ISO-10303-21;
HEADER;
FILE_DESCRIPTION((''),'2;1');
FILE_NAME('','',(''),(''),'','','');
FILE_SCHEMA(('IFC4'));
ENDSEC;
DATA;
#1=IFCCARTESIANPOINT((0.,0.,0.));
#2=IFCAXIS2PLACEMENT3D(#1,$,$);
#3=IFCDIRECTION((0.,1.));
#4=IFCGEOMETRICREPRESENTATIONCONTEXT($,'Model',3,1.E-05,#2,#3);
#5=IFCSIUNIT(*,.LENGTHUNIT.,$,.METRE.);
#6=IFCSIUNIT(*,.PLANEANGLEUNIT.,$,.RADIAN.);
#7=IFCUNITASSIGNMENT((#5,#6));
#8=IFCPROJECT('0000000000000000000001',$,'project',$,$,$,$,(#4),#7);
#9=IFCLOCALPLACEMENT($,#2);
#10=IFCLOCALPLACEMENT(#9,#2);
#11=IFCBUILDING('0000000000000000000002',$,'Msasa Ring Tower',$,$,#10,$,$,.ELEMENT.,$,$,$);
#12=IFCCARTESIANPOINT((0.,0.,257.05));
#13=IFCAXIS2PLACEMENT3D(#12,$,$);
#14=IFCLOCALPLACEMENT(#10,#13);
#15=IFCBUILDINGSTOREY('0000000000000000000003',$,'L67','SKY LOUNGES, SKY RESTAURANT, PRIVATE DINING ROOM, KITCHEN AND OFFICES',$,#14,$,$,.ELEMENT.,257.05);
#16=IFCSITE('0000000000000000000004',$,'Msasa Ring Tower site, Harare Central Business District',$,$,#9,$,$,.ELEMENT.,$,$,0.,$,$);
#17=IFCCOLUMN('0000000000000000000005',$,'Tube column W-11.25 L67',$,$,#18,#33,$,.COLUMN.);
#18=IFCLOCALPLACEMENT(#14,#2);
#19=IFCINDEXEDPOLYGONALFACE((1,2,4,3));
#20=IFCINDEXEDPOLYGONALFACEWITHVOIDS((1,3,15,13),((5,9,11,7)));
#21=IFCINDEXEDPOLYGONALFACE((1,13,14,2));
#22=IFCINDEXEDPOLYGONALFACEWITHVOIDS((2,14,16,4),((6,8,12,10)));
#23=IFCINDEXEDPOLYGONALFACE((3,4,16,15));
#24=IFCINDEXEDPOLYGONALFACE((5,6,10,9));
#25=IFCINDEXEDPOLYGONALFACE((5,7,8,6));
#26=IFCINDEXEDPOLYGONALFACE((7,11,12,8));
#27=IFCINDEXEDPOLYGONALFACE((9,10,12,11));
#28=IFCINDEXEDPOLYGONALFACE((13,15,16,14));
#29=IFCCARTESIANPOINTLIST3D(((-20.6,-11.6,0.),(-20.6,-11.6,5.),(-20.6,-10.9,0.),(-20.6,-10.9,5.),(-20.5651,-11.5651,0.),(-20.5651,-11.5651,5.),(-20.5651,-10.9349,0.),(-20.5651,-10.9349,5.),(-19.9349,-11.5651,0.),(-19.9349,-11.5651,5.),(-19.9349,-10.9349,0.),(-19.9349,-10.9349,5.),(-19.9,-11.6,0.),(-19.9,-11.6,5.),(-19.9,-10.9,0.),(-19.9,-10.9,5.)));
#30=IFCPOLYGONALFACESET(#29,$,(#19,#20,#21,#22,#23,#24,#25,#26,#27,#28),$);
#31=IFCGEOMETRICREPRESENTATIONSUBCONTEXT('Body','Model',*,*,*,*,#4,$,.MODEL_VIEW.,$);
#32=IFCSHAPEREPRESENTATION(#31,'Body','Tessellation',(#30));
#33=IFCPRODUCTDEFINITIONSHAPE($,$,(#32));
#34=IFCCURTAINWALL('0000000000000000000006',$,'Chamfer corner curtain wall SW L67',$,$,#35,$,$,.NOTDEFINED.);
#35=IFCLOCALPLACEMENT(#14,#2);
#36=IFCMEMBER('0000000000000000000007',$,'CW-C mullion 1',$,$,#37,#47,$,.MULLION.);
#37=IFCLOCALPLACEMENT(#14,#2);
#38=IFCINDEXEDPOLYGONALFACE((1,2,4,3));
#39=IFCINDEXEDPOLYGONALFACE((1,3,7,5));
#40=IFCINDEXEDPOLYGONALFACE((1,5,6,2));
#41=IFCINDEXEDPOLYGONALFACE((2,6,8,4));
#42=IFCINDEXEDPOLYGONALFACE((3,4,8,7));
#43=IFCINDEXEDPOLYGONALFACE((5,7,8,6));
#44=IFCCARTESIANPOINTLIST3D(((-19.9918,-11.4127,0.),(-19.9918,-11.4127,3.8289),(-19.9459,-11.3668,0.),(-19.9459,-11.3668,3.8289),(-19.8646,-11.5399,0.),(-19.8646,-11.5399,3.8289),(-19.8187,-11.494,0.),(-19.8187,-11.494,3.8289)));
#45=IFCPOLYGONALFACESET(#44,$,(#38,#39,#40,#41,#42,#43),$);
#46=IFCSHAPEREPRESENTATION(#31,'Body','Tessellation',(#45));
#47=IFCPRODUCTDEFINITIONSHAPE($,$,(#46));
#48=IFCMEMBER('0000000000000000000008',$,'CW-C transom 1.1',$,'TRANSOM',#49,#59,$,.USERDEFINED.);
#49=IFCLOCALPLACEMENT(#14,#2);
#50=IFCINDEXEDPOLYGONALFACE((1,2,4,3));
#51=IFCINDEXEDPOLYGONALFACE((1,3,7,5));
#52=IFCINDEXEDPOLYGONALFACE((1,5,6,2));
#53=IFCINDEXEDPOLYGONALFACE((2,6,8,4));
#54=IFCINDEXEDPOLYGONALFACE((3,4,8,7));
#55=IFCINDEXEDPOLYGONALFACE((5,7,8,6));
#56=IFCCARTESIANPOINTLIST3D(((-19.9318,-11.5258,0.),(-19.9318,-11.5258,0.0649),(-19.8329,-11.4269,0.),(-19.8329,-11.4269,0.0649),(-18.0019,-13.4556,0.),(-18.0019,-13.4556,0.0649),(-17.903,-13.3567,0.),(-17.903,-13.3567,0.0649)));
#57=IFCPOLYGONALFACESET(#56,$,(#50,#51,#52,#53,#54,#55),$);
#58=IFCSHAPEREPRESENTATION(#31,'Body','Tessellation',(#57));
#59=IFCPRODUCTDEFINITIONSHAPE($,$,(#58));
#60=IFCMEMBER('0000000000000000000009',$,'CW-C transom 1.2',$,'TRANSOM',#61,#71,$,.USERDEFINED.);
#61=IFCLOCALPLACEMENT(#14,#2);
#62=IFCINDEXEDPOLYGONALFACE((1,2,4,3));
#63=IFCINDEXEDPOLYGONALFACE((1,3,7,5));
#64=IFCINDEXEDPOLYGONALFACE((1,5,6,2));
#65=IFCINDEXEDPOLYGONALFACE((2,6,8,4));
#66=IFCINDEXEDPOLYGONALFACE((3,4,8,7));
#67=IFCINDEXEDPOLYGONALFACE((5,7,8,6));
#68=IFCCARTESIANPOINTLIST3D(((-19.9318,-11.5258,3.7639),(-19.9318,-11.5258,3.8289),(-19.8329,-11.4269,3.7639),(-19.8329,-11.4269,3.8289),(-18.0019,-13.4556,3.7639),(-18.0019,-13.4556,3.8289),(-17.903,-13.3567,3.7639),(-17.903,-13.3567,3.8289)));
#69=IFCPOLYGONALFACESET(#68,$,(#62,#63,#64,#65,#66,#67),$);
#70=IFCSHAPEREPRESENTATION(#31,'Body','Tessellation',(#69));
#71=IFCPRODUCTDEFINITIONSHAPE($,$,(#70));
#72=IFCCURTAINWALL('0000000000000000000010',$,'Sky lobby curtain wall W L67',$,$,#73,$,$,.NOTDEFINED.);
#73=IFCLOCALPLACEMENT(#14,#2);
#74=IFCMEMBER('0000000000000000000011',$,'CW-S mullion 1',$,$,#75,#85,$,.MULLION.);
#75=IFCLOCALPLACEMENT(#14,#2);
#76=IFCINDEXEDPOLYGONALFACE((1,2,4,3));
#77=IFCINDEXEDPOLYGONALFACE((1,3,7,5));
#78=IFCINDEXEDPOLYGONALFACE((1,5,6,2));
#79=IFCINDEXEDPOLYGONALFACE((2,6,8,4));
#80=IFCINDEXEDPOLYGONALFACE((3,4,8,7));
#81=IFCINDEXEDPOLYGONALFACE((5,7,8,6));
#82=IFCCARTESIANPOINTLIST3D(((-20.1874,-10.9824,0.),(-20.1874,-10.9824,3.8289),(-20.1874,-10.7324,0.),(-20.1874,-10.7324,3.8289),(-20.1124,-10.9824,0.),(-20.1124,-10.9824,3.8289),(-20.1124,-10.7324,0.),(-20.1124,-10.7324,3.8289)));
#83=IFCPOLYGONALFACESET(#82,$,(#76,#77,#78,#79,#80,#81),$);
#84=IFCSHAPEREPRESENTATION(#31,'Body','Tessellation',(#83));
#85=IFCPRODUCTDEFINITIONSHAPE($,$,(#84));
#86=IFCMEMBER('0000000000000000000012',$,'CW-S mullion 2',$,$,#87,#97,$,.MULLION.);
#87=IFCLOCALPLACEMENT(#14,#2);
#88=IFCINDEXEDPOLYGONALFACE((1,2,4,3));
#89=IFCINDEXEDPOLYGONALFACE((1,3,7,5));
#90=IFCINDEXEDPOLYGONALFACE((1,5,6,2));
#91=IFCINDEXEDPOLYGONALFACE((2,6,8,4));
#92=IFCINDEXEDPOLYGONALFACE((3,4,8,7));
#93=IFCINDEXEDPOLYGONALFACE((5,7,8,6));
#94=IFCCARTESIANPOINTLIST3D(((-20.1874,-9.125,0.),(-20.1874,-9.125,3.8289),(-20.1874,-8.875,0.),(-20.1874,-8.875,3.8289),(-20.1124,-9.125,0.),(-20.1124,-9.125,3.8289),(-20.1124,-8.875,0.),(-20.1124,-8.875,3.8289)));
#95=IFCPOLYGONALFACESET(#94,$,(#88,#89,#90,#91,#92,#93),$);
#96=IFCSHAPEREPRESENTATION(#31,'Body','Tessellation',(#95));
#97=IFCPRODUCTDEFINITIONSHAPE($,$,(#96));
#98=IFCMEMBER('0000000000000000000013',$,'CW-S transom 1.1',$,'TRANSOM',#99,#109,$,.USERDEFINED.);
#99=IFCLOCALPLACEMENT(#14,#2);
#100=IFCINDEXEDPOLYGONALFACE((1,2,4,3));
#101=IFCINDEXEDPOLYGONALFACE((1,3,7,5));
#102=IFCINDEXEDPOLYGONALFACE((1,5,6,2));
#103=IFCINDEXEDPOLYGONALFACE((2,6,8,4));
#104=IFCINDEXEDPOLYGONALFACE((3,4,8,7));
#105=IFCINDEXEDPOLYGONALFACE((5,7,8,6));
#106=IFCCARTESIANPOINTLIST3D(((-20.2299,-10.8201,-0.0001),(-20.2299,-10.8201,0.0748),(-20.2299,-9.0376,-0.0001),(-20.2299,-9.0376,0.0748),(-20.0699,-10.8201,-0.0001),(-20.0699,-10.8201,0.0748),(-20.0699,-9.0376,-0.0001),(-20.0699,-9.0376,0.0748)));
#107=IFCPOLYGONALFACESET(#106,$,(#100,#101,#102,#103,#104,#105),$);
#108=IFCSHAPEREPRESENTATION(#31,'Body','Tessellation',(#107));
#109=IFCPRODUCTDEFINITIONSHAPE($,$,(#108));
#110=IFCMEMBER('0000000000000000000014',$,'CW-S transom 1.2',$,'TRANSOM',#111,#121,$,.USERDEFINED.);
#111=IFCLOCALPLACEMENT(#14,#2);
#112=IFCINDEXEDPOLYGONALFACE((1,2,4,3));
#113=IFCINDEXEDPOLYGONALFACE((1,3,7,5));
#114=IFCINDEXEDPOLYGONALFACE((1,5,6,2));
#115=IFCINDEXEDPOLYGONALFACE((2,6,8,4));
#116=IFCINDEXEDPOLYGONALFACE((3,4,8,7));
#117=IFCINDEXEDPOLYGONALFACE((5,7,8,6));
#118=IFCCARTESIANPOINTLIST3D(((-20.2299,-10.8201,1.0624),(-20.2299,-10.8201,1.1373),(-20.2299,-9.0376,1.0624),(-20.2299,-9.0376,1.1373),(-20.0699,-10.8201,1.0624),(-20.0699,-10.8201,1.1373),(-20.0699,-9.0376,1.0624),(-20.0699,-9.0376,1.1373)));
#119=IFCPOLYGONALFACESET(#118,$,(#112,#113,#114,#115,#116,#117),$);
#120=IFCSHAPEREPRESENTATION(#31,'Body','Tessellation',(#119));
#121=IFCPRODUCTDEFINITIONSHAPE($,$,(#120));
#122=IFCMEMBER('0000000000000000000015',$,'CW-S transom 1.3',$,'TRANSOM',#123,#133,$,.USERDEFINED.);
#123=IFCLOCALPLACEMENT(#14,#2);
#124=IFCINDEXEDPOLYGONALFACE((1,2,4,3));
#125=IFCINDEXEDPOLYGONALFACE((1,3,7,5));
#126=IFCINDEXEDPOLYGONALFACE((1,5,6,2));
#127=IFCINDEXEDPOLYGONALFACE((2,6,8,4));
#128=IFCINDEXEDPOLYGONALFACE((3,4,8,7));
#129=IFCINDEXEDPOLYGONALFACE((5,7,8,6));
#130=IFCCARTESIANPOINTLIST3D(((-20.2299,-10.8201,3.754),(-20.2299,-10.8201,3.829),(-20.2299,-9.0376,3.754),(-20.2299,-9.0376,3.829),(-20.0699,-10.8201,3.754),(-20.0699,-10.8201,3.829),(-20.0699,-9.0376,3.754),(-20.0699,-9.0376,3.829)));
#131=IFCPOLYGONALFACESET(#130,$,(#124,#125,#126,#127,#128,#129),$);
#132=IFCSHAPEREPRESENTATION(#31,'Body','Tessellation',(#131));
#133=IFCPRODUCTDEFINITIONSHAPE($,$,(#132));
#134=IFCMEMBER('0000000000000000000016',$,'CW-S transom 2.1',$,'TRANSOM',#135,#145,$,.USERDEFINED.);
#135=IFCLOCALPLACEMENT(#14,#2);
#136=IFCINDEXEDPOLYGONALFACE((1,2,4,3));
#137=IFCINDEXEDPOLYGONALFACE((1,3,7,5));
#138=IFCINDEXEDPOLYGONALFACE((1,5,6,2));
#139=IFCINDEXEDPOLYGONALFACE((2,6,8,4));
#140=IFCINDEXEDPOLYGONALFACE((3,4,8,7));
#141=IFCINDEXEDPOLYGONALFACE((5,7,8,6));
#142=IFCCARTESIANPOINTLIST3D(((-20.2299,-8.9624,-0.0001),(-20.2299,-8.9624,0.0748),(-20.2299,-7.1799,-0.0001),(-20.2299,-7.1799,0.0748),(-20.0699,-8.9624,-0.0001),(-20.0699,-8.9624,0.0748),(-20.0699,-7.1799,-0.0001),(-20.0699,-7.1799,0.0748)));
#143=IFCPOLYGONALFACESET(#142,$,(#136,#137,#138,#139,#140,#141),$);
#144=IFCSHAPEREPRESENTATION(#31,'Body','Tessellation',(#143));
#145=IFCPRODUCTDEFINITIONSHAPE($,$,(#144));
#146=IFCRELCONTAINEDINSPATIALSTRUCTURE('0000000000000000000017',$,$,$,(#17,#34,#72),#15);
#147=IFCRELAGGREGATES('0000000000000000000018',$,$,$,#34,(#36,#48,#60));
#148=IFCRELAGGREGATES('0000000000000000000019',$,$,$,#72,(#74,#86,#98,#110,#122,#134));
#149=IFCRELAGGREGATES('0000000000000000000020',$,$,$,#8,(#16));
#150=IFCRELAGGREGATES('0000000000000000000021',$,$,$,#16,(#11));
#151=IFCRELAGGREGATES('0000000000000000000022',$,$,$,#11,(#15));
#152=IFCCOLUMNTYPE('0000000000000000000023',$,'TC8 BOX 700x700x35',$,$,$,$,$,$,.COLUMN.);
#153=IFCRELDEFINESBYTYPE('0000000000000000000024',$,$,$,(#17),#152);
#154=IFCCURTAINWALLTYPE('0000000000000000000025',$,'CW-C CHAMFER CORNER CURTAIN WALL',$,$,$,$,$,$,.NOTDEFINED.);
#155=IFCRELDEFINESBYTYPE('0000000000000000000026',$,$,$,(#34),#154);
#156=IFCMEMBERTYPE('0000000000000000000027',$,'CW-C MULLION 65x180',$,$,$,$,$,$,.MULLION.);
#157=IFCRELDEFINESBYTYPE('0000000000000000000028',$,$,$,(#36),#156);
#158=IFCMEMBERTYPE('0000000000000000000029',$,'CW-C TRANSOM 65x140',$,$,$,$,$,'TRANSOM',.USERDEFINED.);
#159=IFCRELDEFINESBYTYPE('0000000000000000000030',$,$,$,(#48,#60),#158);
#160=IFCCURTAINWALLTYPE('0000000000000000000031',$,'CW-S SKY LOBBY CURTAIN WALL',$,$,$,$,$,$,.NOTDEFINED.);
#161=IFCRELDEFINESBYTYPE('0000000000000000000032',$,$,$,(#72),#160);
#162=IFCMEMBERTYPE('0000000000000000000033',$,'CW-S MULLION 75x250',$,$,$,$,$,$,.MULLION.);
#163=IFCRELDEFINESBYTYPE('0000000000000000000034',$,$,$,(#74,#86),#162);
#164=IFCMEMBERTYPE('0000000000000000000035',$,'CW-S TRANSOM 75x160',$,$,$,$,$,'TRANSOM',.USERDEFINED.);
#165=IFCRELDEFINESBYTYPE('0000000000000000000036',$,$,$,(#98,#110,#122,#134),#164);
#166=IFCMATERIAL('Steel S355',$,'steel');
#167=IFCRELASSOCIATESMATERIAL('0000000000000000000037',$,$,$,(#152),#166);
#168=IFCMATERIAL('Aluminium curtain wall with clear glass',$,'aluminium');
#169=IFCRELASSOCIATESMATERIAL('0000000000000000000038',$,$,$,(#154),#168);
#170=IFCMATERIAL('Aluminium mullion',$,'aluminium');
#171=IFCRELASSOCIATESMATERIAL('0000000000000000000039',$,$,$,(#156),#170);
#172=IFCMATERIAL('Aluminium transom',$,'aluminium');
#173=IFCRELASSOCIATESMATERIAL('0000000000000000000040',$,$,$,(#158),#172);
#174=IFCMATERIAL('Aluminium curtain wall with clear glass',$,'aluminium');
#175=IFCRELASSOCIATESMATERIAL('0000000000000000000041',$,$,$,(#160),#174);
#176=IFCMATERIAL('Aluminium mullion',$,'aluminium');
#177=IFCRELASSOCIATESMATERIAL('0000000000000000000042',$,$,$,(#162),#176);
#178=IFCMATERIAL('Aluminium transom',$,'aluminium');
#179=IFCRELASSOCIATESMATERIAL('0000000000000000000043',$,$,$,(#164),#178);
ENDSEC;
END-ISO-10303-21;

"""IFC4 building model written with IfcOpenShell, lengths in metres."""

from ifc_helpers import new_model, si_unit, direction, frame, origin, origin_2d, place, context, subcontext, project, spatial, rectangle, hollow_rectangle, extrude, material, material_profile, profile_set, type_object, element, aggregate, save


model = new_model("IFC4")

# Units and contexts
model_context = context("Model", 3, precision=1e-05, world=origin(), true_north=direction((0.0, 1.0)))
body_context = subcontext(model_context, "Body", "Model", "MODEL_VIEW")
ifc_project = project(units=[si_unit("LENGTHUNIT", "METRE"), si_unit("PLANEANGLEUNIT", "RADIAN")], contexts=[model_context])

# Site, building, storey
site_placement = place(None, origin())
site = spatial("IfcSite", under=ifc_project, at=site_placement, Name="Msasa Ring Tower site, Harare Central Business District", CompositionType="ELEMENT", RefElevation=0.0)
building_placement = place(site_placement, origin())
building = spatial("IfcBuilding", under=site, at=building_placement, Name="Msasa Ring Tower", CompositionType="ELEMENT")
storey_placement = place(building_placement, frame((0.0, 0.0, 257.05)))
storey = spatial("IfcBuildingStorey", under=building, at=storey_placement, Name="L67", Description="SKY LOUNGES, SKY RESTAURANT, PRIVATE DINING ROOM, KITCHEN AND OFFICES", CompositionType="ELEMENT", Elevation=257.05)

# Column
ifc_material_1 = material(Name="Steel S355", Category="steel")
ifc_material_profile_1 = material_profile(ifc_material_1, hollow_rectangle(XDim=0.7, YDim=0.7, WallThickness=0.0349, at=origin_2d()), Name="BOX 700x700x35")
ifc_profile_set_1 = profile_set([ifc_material_profile_1], Name="Steel S355")
column_type = type_object("IfcColumnType", Name="TC8 BOX 700x700x35", PredefinedType="COLUMN", material=ifc_profile_set_1)
column_placement = place(storey_placement, frame((-20.25, -11.25, 0.0), z_axis=(0.0, 0.0, 1.0), x_axis=(1.0, 0.0, 0.0)))
element("IfcColumn", 1, at=column_placement, inside=storey, type_object=column_type, Name="Tube column W-11.25 L67", PredefinedType="COLUMN", context=body_context, shape_type="SweptSolid", body=[
    extrude(hollow_rectangle(XDim=0.7, YDim=0.7, WallThickness=0.0349, at=origin_2d()), origin(), (0.0, 0.0, 1.0), 5.0),
])

# Curtain walls, members
ifc_material_2 = material(Name="Aluminium curtain wall with clear glass", Category="aluminium")
curtain_wall_type_1 = type_object("IfcCurtainWallType", Name="CW-C CHAMFER CORNER CURTAIN WALL", PredefinedType="NOTDEFINED", material=ifc_material_2)
curtain_wall_1_placement = place(storey_placement, origin())
curtain_wall_1 = element("IfcCurtainWall", 2, at=curtain_wall_1_placement, inside=storey, type_object=curtain_wall_type_1, Name="Chamfer corner curtain wall SW L67", PredefinedType="NOTDEFINED")
ifc_material_3 = material(Name="Aluminium mullion", Category="aluminium")
ifc_material_profile_2 = material_profile(ifc_material_3, rectangle(XDim=0.0649, YDim=0.1799, at=origin_2d()), Name="AL 65x180")
ifc_profile_set_2 = profile_set([ifc_material_profile_2], Name="Aluminium mullion")
member_type_1 = type_object("IfcMemberType", Name="CW-C MULLION 65x180", PredefinedType="MULLION", material=ifc_profile_set_2)
member_1_placement = place(storey_placement, frame((-19.9053, -11.4534, 0.0), z_axis=(0.0, 0.0, 1.0), x_axis=(0.707107, 0.707107, 0.0)))
member_1 = element("IfcMember", 3, at=member_1_placement, type_object=member_type_1, Name="CW-C mullion 1", PredefinedType="MULLION", context=body_context, shape_type="SweptSolid", body=[
    extrude(rectangle(XDim=0.0649, YDim=0.1799, at=origin_2d()), origin(), (0.0, 0.0, 1.0), 3.8289),
])
ifc_material_4 = material(Name="Aluminium transom", Category="aluminium")
ifc_material_profile_3 = material_profile(ifc_material_4, rectangle(XDim=0.1399, YDim=0.0649, at=origin_2d()), Name="AL 65x140")
ifc_profile_set_3 = profile_set([ifc_material_profile_3], Name="Aluminium transom")
member_type_2 = type_object("IfcMemberType", Name="CW-C TRANSOM 65x140", ElementType="TRANSOM", PredefinedType="USERDEFINED", material=ifc_profile_set_3)
member_2_placement = place(storey_placement, frame((-19.8823, -11.4763, 0.0325), z_axis=(0.707107, -0.707107, 0.0), x_axis=(0.707107, 0.707107, 0.0)))
member_2 = element("IfcMember", 4, at=member_2_placement, type_object=member_type_2, Name="CW-C transom 1.1", ObjectType="TRANSOM", PredefinedType="USERDEFINED", context=body_context, shape_type="SweptSolid", body=[
    extrude(rectangle(XDim=0.1399, YDim=0.0649, at=origin_2d()), origin(), (0.0, 0.0, 1.0), 2.7292),
])
member_3_placement = place(storey_placement, frame((-19.8823, -11.4763, 3.7964), z_axis=(0.707107, -0.707107, 0.0), x_axis=(0.707107, 0.707107, 0.0)))
member_3 = element("IfcMember", 5, at=member_3_placement, type_object=member_type_2, Name="CW-C transom 1.2", ObjectType="TRANSOM", PredefinedType="USERDEFINED", context=body_context, shape_type="SweptSolid", body=[
    extrude(rectangle(XDim=0.1399, YDim=0.0649, at=origin_2d()), origin(), (0.0, 0.0, 1.0), 2.7292),
])
ifc_material_5 = material(Name="Aluminium curtain wall with clear glass", Category="aluminium")
curtain_wall_type_2 = type_object("IfcCurtainWallType", Name="CW-S SKY LOBBY CURTAIN WALL", PredefinedType="NOTDEFINED", material=ifc_material_5)
curtain_wall_2_placement = place(storey_placement, origin())
curtain_wall_2 = element("IfcCurtainWall", 6, at=curtain_wall_2_placement, inside=storey, type_object=curtain_wall_type_2, Name="Sky lobby curtain wall W L67", PredefinedType="NOTDEFINED")
ifc_material_6 = material(Name="Aluminium mullion", Category="aluminium")
ifc_material_profile_4 = material_profile(ifc_material_6, rectangle(XDim=0.075, YDim=0.25, at=origin_2d()), Name="AL 75x250")
ifc_profile_set_4 = profile_set([ifc_material_profile_4], Name="Aluminium mullion")
member_type_3 = type_object("IfcMemberType", Name="CW-S MULLION 75x250", PredefinedType="MULLION", material=ifc_profile_set_4)
member_4_placement = place(storey_placement, frame((-20.1499, -10.8574, 0.0), z_axis=(0.0, 0.0, 1.0), x_axis=(-1.0, 0.0, 0.0)))
member_4 = element("IfcMember", 7, at=member_4_placement, type_object=member_type_3, Name="CW-S mullion 1", PredefinedType="MULLION", context=body_context, shape_type="SweptSolid", body=[
    extrude(rectangle(XDim=0.075, YDim=0.25, at=origin_2d()), origin(), (0.0, 0.0, 1.0), 3.8289),
])
member_5_placement = place(storey_placement, frame((-20.1499, -9.0, 0.0), z_axis=(0.0, 0.0, 1.0), x_axis=(-1.0, 0.0, 0.0)))
member_5 = element("IfcMember", 8, at=member_5_placement, type_object=member_type_3, Name="CW-S mullion 2", PredefinedType="MULLION", context=body_context, shape_type="SweptSolid", body=[
    extrude(rectangle(XDim=0.075, YDim=0.25, at=origin_2d()), origin(), (0.0, 0.0, 1.0), 3.8289),
])
ifc_material_7 = material(Name="Aluminium transom", Category="aluminium")
ifc_material_profile_5 = material_profile(ifc_material_7, rectangle(XDim=0.1599, YDim=0.075, at=origin_2d()), Name="AL 75x160")
ifc_profile_set_5 = profile_set([ifc_material_profile_5], Name="Aluminium transom")
member_type_4 = type_object("IfcMemberType", Name="CW-S TRANSOM 75x160", ElementType="TRANSOM", PredefinedType="USERDEFINED", material=ifc_profile_set_5)
member_6_placement = place(storey_placement, frame((-20.1499, -10.8201, 0.0374), z_axis=(0.0, 1.0, 0.0), x_axis=(-1.0, 0.0, 0.0)))
member_6 = element("IfcMember", 9, at=member_6_placement, type_object=member_type_4, Name="CW-S transom 1.1", ObjectType="TRANSOM", PredefinedType="USERDEFINED", context=body_context, shape_type="SweptSolid", body=[
    extrude(rectangle(XDim=0.1599, YDim=0.075, at=origin_2d()), origin(), (0.0, 0.0, 1.0), 1.7825),
])
member_7_placement = place(storey_placement, frame((-20.1499, -10.8201, 1.0999), z_axis=(0.0, 1.0, 0.0), x_axis=(-1.0, 0.0, 0.0)))
member_7 = element("IfcMember", 10, at=member_7_placement, type_object=member_type_4, Name="CW-S transom 1.2", ObjectType="TRANSOM", PredefinedType="USERDEFINED", context=body_context, shape_type="SweptSolid", body=[
    extrude(rectangle(XDim=0.1599, YDim=0.075, at=origin_2d()), origin(), (0.0, 0.0, 1.0), 1.7825),
])
member_8_placement = place(storey_placement, frame((-20.1499, -10.8201, 3.7915), z_axis=(0.0, 1.0, 0.0), x_axis=(-1.0, 0.0, 0.0)))
member_8 = element("IfcMember", 11, at=member_8_placement, type_object=member_type_4, Name="CW-S transom 1.3", ObjectType="TRANSOM", PredefinedType="USERDEFINED", context=body_context, shape_type="SweptSolid", body=[
    extrude(rectangle(XDim=0.1599, YDim=0.075, at=origin_2d()), origin(), (0.0, 0.0, 1.0), 1.7825),
])
member_9_placement = place(storey_placement, frame((-20.1499, -8.9624, 0.0374), z_axis=(0.0, 1.0, 0.0), x_axis=(-1.0, 0.0, 0.0)))
member_9 = element("IfcMember", 12, at=member_9_placement, type_object=member_type_4, Name="CW-S transom 2.1", ObjectType="TRANSOM", PredefinedType="USERDEFINED", context=body_context, shape_type="SweptSolid", body=[
    extrude(rectangle(XDim=0.1599, YDim=0.075, at=origin_2d()), origin(), (0.0, 0.0, 1.0), 1.7825),
])

aggregate(curtain_wall_1, [member_1, member_2, member_3])
aggregate(curtain_wall_2, [member_4, member_5, member_6, member_7, member_8, member_9])

save(model, "model.ifc")
